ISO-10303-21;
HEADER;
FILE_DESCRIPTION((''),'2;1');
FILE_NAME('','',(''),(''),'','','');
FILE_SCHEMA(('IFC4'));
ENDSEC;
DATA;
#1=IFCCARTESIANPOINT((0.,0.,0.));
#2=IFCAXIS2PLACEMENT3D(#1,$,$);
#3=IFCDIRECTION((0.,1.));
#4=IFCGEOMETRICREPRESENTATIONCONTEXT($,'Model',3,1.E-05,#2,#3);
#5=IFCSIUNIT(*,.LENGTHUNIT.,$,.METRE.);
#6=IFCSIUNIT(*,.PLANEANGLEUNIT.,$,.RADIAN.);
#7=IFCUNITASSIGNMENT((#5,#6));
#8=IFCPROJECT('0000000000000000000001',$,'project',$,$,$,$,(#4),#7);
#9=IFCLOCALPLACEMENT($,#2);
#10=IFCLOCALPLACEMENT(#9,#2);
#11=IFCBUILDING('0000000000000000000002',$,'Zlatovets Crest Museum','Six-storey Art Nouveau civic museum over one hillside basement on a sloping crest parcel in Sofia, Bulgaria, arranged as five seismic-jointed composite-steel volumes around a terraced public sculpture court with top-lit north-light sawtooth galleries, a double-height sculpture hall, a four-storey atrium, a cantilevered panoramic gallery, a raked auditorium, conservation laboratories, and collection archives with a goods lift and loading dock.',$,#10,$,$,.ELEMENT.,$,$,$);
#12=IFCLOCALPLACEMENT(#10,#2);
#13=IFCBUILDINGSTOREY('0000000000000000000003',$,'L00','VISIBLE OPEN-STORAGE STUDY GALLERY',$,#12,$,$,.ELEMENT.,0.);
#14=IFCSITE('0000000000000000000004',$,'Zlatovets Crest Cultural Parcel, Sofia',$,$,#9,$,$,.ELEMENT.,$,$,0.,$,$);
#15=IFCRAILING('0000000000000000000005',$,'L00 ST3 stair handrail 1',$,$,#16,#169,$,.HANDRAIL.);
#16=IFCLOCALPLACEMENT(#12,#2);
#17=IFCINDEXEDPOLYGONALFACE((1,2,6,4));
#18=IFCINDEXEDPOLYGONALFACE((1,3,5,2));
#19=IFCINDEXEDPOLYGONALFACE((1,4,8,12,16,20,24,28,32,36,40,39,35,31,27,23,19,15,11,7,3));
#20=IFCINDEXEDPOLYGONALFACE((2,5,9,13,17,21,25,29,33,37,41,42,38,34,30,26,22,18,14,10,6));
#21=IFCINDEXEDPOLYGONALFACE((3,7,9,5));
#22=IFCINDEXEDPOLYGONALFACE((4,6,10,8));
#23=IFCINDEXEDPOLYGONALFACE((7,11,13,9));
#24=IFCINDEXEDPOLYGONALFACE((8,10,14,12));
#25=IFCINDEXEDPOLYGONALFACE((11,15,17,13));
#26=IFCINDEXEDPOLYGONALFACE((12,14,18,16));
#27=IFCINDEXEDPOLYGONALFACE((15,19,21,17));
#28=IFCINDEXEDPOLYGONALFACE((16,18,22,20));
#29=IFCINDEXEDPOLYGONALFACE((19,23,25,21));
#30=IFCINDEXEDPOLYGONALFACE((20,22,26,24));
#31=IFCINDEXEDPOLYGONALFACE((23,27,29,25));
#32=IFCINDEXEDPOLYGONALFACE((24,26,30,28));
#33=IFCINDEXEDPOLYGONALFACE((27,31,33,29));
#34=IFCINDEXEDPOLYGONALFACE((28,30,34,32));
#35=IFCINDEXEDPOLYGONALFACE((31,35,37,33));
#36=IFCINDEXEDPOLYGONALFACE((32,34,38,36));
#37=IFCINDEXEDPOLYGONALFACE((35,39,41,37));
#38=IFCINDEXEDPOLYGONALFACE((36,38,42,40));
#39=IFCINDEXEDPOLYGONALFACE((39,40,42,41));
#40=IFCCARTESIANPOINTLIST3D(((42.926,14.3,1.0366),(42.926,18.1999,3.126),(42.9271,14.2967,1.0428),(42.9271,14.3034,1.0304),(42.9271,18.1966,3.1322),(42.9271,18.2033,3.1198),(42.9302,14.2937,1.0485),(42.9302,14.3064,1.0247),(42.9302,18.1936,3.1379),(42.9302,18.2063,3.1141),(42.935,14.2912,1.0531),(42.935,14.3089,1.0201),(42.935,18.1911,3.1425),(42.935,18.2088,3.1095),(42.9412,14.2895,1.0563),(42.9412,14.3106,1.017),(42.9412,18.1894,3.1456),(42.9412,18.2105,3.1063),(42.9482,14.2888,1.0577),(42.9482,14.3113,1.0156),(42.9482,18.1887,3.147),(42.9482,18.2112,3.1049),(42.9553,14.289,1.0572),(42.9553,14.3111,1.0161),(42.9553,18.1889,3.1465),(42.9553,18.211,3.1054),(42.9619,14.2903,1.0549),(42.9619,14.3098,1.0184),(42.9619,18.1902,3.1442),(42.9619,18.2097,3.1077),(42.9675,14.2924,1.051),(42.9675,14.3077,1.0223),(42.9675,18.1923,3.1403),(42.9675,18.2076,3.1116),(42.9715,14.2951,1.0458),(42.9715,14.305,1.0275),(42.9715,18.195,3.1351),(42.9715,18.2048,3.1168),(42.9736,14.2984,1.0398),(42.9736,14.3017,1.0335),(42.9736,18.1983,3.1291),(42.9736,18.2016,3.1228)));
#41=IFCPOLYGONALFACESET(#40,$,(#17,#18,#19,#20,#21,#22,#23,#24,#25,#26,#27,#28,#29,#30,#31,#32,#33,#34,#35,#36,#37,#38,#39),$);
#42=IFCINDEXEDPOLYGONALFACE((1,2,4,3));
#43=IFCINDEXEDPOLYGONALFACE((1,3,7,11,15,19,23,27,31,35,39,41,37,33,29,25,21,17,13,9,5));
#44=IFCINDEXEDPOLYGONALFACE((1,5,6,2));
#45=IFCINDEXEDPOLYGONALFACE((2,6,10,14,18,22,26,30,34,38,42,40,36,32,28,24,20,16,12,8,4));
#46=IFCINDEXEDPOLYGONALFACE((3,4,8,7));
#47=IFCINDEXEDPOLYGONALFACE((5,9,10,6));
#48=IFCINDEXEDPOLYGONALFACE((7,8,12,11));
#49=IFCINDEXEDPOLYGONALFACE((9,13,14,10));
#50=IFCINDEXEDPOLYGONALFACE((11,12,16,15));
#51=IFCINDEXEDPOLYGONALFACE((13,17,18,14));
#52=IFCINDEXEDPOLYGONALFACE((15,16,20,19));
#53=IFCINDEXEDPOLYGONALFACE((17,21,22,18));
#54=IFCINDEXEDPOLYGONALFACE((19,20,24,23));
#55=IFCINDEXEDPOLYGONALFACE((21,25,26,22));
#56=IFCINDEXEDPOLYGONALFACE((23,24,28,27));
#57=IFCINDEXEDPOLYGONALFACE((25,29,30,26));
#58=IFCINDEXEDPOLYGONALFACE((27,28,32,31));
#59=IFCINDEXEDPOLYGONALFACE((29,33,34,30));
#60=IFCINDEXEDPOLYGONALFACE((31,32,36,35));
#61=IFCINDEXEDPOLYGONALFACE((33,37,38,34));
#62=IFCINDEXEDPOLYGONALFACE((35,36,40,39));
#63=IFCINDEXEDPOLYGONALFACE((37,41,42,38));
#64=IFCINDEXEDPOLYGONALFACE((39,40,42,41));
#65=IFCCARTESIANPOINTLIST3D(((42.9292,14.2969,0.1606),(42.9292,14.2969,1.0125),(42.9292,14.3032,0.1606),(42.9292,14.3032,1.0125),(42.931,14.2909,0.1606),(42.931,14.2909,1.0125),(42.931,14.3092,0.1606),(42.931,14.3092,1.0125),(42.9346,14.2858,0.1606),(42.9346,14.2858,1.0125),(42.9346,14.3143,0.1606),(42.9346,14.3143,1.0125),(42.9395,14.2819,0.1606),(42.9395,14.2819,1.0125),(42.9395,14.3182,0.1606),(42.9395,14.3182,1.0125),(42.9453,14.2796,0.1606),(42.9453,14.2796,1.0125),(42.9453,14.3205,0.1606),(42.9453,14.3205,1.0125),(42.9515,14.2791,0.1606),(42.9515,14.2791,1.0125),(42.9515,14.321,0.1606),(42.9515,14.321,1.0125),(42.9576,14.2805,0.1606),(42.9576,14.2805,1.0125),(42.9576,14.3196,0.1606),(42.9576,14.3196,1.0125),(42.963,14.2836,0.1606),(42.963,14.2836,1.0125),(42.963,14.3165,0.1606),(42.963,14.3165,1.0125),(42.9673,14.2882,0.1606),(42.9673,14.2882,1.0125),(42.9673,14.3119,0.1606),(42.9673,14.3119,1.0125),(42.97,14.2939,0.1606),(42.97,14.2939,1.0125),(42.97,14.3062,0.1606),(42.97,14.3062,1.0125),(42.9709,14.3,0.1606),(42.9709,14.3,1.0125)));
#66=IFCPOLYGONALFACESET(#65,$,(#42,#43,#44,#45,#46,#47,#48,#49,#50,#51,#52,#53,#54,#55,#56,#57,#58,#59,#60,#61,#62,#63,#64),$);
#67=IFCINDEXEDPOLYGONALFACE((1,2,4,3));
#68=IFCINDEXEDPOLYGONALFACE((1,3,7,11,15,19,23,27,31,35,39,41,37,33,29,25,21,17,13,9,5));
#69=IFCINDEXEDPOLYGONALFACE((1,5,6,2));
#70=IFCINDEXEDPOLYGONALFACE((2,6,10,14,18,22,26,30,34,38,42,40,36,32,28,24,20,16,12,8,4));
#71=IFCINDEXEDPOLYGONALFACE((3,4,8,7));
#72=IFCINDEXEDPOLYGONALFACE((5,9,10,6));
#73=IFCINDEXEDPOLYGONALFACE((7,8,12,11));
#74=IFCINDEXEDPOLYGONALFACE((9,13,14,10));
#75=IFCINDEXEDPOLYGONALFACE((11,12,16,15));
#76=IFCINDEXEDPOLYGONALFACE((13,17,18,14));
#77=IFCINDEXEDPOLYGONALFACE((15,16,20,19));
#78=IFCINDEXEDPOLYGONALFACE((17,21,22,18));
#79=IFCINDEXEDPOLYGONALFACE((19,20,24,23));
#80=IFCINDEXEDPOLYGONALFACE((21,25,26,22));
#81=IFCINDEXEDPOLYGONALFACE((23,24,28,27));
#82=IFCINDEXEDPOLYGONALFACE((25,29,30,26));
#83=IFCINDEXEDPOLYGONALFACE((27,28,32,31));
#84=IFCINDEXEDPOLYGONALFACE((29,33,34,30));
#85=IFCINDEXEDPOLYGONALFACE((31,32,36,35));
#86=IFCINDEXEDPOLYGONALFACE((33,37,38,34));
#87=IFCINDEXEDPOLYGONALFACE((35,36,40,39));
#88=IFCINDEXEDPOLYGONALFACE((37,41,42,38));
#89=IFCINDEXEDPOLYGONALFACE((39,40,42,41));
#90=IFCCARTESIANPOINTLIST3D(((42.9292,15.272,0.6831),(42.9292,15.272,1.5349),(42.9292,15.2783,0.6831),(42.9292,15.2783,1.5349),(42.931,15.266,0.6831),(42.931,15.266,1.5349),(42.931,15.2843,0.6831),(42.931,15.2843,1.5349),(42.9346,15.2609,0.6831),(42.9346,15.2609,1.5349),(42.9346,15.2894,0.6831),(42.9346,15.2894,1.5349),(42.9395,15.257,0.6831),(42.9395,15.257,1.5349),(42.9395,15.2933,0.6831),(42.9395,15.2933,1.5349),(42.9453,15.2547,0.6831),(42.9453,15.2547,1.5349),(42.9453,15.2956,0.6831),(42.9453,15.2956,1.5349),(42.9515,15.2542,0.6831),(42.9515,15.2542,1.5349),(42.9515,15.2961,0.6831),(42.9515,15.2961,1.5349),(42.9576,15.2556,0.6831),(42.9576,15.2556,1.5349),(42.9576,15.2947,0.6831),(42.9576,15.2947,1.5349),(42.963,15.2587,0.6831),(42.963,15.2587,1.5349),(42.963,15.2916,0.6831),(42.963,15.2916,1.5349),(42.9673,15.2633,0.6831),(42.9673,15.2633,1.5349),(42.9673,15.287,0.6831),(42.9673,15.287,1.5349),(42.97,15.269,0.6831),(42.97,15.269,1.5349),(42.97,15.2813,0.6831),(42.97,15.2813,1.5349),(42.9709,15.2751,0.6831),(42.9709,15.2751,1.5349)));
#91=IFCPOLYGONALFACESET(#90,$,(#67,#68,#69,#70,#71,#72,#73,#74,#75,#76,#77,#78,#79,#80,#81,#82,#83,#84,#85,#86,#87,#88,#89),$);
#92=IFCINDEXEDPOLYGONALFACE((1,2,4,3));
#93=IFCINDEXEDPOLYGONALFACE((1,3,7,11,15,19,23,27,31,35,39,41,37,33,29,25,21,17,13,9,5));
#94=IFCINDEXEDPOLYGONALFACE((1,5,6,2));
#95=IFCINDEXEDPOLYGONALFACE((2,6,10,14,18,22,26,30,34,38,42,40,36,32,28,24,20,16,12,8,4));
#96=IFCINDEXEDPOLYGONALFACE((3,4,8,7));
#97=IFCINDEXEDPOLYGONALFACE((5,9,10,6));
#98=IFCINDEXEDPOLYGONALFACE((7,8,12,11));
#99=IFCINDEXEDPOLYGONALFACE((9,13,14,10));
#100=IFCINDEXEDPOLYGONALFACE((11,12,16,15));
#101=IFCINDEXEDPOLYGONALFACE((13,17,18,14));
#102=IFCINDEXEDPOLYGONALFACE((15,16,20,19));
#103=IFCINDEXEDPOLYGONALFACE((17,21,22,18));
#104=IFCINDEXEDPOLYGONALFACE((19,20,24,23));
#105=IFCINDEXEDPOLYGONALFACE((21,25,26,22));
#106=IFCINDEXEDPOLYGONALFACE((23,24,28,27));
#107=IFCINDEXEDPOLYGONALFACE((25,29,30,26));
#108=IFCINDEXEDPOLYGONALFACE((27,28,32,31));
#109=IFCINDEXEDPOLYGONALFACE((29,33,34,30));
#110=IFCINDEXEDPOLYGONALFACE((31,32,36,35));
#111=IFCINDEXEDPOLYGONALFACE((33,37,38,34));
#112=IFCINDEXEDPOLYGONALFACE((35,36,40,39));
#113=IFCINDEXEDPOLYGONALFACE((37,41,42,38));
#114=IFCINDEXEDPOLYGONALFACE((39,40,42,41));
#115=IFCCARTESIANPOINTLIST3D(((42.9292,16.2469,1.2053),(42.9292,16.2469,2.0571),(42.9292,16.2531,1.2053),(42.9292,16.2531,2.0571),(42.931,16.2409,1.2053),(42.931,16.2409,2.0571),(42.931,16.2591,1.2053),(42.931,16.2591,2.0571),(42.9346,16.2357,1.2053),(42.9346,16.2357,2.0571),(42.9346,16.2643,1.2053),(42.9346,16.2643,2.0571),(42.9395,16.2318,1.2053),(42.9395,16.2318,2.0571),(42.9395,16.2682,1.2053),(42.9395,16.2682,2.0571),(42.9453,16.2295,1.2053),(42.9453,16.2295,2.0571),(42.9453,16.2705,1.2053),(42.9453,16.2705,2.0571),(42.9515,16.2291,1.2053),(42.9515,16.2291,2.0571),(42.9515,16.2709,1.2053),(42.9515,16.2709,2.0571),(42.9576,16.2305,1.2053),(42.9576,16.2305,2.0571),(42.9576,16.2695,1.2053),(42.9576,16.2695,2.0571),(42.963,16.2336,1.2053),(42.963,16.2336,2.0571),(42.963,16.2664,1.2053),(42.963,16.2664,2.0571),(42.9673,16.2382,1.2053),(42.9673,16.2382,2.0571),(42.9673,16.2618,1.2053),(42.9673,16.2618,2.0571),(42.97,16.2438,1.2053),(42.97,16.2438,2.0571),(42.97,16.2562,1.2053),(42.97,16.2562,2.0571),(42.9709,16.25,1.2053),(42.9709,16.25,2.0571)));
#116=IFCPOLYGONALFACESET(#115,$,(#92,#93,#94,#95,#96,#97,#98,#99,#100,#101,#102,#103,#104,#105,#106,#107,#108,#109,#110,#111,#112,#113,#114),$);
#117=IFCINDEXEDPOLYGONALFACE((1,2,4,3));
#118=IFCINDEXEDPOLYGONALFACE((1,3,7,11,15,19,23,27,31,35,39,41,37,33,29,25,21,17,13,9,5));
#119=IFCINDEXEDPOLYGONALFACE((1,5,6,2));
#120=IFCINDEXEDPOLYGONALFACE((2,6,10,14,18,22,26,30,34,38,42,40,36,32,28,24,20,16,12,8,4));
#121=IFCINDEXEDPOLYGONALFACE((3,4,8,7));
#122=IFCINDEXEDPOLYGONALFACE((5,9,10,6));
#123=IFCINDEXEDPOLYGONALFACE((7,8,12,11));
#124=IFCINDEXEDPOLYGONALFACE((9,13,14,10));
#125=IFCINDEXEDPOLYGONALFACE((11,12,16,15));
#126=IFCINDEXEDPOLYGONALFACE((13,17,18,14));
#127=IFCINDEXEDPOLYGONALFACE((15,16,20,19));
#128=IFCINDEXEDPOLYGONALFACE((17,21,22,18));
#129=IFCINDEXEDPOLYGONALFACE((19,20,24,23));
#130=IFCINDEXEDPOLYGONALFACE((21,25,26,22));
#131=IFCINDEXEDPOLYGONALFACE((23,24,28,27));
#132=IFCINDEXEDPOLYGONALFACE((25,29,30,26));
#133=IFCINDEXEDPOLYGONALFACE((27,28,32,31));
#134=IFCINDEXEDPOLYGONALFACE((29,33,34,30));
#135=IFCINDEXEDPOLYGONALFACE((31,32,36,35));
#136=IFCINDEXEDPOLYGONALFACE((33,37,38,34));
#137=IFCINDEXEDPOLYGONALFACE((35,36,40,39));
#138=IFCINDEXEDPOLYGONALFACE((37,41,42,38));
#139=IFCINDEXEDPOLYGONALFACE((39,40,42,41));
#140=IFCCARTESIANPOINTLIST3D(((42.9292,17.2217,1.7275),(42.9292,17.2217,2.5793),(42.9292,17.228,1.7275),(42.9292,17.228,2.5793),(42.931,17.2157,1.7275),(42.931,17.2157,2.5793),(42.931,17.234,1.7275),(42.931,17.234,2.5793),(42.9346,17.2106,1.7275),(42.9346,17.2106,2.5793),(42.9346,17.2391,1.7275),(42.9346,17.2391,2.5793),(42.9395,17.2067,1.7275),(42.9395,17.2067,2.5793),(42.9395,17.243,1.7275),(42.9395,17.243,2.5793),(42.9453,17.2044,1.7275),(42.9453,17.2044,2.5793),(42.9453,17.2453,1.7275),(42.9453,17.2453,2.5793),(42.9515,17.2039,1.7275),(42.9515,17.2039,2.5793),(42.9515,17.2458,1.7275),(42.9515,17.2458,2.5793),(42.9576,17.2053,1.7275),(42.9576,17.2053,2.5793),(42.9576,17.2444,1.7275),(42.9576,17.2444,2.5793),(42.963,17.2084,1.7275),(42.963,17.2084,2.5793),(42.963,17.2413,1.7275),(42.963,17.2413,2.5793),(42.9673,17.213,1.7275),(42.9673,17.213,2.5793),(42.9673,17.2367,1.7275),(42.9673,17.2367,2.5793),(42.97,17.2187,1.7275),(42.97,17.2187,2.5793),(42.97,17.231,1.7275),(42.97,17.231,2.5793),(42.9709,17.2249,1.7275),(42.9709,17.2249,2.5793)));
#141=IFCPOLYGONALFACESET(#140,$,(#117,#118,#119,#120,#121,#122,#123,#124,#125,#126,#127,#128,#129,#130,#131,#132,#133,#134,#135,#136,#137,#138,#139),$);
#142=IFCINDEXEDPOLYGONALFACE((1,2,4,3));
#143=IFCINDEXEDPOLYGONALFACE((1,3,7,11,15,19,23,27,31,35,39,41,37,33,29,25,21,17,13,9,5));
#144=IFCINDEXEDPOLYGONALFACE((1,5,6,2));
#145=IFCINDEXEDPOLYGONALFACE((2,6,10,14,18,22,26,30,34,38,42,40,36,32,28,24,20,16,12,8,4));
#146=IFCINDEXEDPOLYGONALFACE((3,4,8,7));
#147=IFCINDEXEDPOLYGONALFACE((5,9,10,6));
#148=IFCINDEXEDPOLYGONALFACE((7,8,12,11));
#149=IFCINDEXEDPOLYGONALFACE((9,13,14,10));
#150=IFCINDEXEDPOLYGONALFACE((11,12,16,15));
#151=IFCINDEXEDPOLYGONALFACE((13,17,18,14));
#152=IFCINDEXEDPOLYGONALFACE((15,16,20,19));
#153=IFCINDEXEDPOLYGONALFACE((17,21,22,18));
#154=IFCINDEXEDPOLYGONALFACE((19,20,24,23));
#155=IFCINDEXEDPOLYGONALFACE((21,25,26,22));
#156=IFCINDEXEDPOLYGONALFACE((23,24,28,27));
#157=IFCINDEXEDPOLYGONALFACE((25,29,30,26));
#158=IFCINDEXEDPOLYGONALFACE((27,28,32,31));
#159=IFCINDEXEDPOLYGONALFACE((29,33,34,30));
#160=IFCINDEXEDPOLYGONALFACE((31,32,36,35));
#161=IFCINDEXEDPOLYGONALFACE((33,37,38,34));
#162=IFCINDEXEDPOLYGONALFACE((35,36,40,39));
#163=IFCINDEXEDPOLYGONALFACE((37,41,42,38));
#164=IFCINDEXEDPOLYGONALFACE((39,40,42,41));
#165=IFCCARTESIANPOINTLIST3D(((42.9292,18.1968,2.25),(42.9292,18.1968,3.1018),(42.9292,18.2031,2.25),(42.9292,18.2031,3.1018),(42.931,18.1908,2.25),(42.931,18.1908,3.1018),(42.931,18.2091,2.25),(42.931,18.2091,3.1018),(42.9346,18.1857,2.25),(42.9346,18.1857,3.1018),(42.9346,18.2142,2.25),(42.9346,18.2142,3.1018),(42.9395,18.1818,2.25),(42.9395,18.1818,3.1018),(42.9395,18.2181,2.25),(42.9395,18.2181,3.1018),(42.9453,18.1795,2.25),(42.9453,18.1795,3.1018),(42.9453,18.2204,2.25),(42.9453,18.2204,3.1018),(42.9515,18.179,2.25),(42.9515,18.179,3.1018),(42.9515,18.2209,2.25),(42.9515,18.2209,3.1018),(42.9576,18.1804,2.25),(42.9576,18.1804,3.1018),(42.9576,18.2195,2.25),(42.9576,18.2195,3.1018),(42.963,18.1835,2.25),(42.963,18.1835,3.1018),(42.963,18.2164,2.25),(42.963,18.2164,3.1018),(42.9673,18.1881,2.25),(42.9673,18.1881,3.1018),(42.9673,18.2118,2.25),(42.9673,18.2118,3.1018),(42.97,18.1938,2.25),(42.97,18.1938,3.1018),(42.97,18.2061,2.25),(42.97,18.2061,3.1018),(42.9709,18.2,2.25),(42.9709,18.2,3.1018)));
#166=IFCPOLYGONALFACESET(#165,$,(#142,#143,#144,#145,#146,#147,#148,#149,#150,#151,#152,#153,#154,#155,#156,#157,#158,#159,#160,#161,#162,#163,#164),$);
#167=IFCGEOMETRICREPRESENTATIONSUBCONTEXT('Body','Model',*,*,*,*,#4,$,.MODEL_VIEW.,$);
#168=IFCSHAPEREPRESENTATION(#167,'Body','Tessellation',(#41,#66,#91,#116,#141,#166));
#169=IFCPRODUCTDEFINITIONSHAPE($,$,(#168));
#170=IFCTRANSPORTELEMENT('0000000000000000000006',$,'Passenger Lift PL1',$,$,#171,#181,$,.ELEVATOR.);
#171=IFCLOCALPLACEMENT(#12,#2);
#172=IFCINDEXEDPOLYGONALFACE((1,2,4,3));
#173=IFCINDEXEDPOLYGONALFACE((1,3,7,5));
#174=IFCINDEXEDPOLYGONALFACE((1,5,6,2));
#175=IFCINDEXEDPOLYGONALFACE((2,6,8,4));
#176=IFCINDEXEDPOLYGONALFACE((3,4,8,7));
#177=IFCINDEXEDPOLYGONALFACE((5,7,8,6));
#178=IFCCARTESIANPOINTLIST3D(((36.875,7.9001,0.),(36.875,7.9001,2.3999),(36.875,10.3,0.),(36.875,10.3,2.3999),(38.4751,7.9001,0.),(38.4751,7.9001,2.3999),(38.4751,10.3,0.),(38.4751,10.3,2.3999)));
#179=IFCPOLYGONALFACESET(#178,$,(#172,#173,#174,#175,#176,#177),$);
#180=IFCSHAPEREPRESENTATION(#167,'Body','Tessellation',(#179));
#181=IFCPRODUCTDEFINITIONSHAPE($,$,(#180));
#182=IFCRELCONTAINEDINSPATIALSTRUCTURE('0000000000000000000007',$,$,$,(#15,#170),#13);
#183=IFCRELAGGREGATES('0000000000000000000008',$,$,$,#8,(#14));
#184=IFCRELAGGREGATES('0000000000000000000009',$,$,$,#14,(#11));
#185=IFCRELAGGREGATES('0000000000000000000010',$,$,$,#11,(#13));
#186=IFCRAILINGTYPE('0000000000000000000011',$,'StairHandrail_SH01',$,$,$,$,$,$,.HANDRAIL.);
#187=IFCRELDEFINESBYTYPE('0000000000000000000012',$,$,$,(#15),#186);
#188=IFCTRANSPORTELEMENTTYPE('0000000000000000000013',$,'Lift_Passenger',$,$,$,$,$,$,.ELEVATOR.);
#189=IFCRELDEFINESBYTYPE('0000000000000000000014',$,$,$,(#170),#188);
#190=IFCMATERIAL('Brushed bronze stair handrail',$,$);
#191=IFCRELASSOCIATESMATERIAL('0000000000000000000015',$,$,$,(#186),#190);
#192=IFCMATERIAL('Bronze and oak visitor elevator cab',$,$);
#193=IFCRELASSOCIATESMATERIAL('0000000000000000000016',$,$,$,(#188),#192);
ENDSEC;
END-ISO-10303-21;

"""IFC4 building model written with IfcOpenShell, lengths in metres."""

from ifc_helpers import new_model, si_unit, direction, frame, origin, origin_2d, place, context, subcontext, project, spatial, rectangle, circle, extrude, material, type_object, element, save


model = new_model("IFC4")

# Units and contexts
model_context = context("Model", 3, precision=1e-05, world=origin(), true_north=direction((0.0, 1.0)))
body_context = subcontext(model_context, "Body", "Model", "MODEL_VIEW")
ifc_project = project(units=[si_unit("LENGTHUNIT", "METRE"), si_unit("PLANEANGLEUNIT", "RADIAN")], contexts=[model_context])

# Site, building, storey
site_placement = place(None, origin())
site = spatial("IfcSite", under=ifc_project, at=site_placement, Name="Zlatovets Crest Cultural Parcel, Sofia", CompositionType="ELEMENT", RefElevation=0.0)
building_placement = place(site_placement, origin())
building = spatial("IfcBuilding", under=site, at=building_placement, Name="Zlatovets Crest Museum", Description="Six-storey Art Nouveau civic museum over one hillside basement on a sloping crest parcel in Sofia, Bulgaria, arranged as five seismic-jointed composite-steel volumes around a terraced public sculpture court with top-lit north-light sawtooth galleries, a double-height sculpture hall, a four-storey atrium, a cantilevered panoramic gallery, a raked auditorium, conservation laboratories, and collection archives with a goods lift and loading dock.", CompositionType="ELEMENT")
storey_placement = place(building_placement, origin())
storey = spatial("IfcBuildingStorey", under=building, at=storey_placement, Name="L00", Description="VISIBLE OPEN-STORAGE STUDY GALLERY", CompositionType="ELEMENT", Elevation=0.0)

# Railing
ifc_material_1 = material(Name="Brushed bronze stair handrail")
railing_type_1 = type_object("IfcRailingType", Name="StairHandrail_SH01", PredefinedType="HANDRAIL", material=ifc_material_1)
railing_1_placement = place(storey_placement, frame((42.95, 14.3, 0.1606)))
element("IfcRailing", 1, at=railing_1_placement, inside=storey, type_object=railing_type_1, Name="L00 ST3 stair handrail 1", PredefinedType="HANDRAIL", context=body_context, shape_type="SweptSolid", body=[
    extrude(circle(Radius=0.0239, at=origin_2d()), frame((0.0, 0.0, 0.876), z_axis=(0.0, 0.881468, 0.472243), x_axis=(-1.0, 0.0, 0.0)), (0.0, 0.0, 1.0), 4.4243),
    extrude(circle(Radius=0.021, at=origin_2d()), origin(), (0.0, 0.0, 1.0), 0.8518),
    extrude(circle(Radius=0.021, at=origin_2d()), frame((0.0, 0.9751, 0.5225)), (0.0, 0.0, 1.0), 0.8518),
    extrude(circle(Radius=0.021, at=origin_2d()), frame((0.0, 1.95, 1.0447)), (0.0, 0.0, 1.0), 0.8518),
    extrude(circle(Radius=0.021, at=origin_2d()), frame((0.0, 2.9248, 1.5669)), (0.0, 0.0, 1.0), 0.8518),
    extrude(circle(Radius=0.021, at=origin_2d()), frame((0.0, 3.8999, 2.0894)), (0.0, 0.0, 1.0), 0.8518),
])

# Transport element
ifc_material_2 = material(Name="Bronze and oak visitor elevator cab")
transport_element_type = type_object("IfcTransportElementType", Name="Lift_Passenger", PredefinedType="ELEVATOR", material=ifc_material_2)
transport_element_placement = place(storey_placement, frame((37.675, 9.1001, 0.0), z_axis=(0.0, 0.0, 1.0), x_axis=(1.0, 0.0, 0.0)))
element("IfcTransportElement", 2, at=transport_element_placement, inside=storey, type_object=transport_element_type, Name="Passenger Lift PL1", PredefinedType="ELEVATOR", context=body_context, shape_type="SweptSolid", body=[
    extrude(rectangle(XDim=1.6001, YDim=2.3999, at=origin_2d()), origin(), (0.0, 0.0, 1.0), 2.3999),
])

save(model, "model.ifc")
